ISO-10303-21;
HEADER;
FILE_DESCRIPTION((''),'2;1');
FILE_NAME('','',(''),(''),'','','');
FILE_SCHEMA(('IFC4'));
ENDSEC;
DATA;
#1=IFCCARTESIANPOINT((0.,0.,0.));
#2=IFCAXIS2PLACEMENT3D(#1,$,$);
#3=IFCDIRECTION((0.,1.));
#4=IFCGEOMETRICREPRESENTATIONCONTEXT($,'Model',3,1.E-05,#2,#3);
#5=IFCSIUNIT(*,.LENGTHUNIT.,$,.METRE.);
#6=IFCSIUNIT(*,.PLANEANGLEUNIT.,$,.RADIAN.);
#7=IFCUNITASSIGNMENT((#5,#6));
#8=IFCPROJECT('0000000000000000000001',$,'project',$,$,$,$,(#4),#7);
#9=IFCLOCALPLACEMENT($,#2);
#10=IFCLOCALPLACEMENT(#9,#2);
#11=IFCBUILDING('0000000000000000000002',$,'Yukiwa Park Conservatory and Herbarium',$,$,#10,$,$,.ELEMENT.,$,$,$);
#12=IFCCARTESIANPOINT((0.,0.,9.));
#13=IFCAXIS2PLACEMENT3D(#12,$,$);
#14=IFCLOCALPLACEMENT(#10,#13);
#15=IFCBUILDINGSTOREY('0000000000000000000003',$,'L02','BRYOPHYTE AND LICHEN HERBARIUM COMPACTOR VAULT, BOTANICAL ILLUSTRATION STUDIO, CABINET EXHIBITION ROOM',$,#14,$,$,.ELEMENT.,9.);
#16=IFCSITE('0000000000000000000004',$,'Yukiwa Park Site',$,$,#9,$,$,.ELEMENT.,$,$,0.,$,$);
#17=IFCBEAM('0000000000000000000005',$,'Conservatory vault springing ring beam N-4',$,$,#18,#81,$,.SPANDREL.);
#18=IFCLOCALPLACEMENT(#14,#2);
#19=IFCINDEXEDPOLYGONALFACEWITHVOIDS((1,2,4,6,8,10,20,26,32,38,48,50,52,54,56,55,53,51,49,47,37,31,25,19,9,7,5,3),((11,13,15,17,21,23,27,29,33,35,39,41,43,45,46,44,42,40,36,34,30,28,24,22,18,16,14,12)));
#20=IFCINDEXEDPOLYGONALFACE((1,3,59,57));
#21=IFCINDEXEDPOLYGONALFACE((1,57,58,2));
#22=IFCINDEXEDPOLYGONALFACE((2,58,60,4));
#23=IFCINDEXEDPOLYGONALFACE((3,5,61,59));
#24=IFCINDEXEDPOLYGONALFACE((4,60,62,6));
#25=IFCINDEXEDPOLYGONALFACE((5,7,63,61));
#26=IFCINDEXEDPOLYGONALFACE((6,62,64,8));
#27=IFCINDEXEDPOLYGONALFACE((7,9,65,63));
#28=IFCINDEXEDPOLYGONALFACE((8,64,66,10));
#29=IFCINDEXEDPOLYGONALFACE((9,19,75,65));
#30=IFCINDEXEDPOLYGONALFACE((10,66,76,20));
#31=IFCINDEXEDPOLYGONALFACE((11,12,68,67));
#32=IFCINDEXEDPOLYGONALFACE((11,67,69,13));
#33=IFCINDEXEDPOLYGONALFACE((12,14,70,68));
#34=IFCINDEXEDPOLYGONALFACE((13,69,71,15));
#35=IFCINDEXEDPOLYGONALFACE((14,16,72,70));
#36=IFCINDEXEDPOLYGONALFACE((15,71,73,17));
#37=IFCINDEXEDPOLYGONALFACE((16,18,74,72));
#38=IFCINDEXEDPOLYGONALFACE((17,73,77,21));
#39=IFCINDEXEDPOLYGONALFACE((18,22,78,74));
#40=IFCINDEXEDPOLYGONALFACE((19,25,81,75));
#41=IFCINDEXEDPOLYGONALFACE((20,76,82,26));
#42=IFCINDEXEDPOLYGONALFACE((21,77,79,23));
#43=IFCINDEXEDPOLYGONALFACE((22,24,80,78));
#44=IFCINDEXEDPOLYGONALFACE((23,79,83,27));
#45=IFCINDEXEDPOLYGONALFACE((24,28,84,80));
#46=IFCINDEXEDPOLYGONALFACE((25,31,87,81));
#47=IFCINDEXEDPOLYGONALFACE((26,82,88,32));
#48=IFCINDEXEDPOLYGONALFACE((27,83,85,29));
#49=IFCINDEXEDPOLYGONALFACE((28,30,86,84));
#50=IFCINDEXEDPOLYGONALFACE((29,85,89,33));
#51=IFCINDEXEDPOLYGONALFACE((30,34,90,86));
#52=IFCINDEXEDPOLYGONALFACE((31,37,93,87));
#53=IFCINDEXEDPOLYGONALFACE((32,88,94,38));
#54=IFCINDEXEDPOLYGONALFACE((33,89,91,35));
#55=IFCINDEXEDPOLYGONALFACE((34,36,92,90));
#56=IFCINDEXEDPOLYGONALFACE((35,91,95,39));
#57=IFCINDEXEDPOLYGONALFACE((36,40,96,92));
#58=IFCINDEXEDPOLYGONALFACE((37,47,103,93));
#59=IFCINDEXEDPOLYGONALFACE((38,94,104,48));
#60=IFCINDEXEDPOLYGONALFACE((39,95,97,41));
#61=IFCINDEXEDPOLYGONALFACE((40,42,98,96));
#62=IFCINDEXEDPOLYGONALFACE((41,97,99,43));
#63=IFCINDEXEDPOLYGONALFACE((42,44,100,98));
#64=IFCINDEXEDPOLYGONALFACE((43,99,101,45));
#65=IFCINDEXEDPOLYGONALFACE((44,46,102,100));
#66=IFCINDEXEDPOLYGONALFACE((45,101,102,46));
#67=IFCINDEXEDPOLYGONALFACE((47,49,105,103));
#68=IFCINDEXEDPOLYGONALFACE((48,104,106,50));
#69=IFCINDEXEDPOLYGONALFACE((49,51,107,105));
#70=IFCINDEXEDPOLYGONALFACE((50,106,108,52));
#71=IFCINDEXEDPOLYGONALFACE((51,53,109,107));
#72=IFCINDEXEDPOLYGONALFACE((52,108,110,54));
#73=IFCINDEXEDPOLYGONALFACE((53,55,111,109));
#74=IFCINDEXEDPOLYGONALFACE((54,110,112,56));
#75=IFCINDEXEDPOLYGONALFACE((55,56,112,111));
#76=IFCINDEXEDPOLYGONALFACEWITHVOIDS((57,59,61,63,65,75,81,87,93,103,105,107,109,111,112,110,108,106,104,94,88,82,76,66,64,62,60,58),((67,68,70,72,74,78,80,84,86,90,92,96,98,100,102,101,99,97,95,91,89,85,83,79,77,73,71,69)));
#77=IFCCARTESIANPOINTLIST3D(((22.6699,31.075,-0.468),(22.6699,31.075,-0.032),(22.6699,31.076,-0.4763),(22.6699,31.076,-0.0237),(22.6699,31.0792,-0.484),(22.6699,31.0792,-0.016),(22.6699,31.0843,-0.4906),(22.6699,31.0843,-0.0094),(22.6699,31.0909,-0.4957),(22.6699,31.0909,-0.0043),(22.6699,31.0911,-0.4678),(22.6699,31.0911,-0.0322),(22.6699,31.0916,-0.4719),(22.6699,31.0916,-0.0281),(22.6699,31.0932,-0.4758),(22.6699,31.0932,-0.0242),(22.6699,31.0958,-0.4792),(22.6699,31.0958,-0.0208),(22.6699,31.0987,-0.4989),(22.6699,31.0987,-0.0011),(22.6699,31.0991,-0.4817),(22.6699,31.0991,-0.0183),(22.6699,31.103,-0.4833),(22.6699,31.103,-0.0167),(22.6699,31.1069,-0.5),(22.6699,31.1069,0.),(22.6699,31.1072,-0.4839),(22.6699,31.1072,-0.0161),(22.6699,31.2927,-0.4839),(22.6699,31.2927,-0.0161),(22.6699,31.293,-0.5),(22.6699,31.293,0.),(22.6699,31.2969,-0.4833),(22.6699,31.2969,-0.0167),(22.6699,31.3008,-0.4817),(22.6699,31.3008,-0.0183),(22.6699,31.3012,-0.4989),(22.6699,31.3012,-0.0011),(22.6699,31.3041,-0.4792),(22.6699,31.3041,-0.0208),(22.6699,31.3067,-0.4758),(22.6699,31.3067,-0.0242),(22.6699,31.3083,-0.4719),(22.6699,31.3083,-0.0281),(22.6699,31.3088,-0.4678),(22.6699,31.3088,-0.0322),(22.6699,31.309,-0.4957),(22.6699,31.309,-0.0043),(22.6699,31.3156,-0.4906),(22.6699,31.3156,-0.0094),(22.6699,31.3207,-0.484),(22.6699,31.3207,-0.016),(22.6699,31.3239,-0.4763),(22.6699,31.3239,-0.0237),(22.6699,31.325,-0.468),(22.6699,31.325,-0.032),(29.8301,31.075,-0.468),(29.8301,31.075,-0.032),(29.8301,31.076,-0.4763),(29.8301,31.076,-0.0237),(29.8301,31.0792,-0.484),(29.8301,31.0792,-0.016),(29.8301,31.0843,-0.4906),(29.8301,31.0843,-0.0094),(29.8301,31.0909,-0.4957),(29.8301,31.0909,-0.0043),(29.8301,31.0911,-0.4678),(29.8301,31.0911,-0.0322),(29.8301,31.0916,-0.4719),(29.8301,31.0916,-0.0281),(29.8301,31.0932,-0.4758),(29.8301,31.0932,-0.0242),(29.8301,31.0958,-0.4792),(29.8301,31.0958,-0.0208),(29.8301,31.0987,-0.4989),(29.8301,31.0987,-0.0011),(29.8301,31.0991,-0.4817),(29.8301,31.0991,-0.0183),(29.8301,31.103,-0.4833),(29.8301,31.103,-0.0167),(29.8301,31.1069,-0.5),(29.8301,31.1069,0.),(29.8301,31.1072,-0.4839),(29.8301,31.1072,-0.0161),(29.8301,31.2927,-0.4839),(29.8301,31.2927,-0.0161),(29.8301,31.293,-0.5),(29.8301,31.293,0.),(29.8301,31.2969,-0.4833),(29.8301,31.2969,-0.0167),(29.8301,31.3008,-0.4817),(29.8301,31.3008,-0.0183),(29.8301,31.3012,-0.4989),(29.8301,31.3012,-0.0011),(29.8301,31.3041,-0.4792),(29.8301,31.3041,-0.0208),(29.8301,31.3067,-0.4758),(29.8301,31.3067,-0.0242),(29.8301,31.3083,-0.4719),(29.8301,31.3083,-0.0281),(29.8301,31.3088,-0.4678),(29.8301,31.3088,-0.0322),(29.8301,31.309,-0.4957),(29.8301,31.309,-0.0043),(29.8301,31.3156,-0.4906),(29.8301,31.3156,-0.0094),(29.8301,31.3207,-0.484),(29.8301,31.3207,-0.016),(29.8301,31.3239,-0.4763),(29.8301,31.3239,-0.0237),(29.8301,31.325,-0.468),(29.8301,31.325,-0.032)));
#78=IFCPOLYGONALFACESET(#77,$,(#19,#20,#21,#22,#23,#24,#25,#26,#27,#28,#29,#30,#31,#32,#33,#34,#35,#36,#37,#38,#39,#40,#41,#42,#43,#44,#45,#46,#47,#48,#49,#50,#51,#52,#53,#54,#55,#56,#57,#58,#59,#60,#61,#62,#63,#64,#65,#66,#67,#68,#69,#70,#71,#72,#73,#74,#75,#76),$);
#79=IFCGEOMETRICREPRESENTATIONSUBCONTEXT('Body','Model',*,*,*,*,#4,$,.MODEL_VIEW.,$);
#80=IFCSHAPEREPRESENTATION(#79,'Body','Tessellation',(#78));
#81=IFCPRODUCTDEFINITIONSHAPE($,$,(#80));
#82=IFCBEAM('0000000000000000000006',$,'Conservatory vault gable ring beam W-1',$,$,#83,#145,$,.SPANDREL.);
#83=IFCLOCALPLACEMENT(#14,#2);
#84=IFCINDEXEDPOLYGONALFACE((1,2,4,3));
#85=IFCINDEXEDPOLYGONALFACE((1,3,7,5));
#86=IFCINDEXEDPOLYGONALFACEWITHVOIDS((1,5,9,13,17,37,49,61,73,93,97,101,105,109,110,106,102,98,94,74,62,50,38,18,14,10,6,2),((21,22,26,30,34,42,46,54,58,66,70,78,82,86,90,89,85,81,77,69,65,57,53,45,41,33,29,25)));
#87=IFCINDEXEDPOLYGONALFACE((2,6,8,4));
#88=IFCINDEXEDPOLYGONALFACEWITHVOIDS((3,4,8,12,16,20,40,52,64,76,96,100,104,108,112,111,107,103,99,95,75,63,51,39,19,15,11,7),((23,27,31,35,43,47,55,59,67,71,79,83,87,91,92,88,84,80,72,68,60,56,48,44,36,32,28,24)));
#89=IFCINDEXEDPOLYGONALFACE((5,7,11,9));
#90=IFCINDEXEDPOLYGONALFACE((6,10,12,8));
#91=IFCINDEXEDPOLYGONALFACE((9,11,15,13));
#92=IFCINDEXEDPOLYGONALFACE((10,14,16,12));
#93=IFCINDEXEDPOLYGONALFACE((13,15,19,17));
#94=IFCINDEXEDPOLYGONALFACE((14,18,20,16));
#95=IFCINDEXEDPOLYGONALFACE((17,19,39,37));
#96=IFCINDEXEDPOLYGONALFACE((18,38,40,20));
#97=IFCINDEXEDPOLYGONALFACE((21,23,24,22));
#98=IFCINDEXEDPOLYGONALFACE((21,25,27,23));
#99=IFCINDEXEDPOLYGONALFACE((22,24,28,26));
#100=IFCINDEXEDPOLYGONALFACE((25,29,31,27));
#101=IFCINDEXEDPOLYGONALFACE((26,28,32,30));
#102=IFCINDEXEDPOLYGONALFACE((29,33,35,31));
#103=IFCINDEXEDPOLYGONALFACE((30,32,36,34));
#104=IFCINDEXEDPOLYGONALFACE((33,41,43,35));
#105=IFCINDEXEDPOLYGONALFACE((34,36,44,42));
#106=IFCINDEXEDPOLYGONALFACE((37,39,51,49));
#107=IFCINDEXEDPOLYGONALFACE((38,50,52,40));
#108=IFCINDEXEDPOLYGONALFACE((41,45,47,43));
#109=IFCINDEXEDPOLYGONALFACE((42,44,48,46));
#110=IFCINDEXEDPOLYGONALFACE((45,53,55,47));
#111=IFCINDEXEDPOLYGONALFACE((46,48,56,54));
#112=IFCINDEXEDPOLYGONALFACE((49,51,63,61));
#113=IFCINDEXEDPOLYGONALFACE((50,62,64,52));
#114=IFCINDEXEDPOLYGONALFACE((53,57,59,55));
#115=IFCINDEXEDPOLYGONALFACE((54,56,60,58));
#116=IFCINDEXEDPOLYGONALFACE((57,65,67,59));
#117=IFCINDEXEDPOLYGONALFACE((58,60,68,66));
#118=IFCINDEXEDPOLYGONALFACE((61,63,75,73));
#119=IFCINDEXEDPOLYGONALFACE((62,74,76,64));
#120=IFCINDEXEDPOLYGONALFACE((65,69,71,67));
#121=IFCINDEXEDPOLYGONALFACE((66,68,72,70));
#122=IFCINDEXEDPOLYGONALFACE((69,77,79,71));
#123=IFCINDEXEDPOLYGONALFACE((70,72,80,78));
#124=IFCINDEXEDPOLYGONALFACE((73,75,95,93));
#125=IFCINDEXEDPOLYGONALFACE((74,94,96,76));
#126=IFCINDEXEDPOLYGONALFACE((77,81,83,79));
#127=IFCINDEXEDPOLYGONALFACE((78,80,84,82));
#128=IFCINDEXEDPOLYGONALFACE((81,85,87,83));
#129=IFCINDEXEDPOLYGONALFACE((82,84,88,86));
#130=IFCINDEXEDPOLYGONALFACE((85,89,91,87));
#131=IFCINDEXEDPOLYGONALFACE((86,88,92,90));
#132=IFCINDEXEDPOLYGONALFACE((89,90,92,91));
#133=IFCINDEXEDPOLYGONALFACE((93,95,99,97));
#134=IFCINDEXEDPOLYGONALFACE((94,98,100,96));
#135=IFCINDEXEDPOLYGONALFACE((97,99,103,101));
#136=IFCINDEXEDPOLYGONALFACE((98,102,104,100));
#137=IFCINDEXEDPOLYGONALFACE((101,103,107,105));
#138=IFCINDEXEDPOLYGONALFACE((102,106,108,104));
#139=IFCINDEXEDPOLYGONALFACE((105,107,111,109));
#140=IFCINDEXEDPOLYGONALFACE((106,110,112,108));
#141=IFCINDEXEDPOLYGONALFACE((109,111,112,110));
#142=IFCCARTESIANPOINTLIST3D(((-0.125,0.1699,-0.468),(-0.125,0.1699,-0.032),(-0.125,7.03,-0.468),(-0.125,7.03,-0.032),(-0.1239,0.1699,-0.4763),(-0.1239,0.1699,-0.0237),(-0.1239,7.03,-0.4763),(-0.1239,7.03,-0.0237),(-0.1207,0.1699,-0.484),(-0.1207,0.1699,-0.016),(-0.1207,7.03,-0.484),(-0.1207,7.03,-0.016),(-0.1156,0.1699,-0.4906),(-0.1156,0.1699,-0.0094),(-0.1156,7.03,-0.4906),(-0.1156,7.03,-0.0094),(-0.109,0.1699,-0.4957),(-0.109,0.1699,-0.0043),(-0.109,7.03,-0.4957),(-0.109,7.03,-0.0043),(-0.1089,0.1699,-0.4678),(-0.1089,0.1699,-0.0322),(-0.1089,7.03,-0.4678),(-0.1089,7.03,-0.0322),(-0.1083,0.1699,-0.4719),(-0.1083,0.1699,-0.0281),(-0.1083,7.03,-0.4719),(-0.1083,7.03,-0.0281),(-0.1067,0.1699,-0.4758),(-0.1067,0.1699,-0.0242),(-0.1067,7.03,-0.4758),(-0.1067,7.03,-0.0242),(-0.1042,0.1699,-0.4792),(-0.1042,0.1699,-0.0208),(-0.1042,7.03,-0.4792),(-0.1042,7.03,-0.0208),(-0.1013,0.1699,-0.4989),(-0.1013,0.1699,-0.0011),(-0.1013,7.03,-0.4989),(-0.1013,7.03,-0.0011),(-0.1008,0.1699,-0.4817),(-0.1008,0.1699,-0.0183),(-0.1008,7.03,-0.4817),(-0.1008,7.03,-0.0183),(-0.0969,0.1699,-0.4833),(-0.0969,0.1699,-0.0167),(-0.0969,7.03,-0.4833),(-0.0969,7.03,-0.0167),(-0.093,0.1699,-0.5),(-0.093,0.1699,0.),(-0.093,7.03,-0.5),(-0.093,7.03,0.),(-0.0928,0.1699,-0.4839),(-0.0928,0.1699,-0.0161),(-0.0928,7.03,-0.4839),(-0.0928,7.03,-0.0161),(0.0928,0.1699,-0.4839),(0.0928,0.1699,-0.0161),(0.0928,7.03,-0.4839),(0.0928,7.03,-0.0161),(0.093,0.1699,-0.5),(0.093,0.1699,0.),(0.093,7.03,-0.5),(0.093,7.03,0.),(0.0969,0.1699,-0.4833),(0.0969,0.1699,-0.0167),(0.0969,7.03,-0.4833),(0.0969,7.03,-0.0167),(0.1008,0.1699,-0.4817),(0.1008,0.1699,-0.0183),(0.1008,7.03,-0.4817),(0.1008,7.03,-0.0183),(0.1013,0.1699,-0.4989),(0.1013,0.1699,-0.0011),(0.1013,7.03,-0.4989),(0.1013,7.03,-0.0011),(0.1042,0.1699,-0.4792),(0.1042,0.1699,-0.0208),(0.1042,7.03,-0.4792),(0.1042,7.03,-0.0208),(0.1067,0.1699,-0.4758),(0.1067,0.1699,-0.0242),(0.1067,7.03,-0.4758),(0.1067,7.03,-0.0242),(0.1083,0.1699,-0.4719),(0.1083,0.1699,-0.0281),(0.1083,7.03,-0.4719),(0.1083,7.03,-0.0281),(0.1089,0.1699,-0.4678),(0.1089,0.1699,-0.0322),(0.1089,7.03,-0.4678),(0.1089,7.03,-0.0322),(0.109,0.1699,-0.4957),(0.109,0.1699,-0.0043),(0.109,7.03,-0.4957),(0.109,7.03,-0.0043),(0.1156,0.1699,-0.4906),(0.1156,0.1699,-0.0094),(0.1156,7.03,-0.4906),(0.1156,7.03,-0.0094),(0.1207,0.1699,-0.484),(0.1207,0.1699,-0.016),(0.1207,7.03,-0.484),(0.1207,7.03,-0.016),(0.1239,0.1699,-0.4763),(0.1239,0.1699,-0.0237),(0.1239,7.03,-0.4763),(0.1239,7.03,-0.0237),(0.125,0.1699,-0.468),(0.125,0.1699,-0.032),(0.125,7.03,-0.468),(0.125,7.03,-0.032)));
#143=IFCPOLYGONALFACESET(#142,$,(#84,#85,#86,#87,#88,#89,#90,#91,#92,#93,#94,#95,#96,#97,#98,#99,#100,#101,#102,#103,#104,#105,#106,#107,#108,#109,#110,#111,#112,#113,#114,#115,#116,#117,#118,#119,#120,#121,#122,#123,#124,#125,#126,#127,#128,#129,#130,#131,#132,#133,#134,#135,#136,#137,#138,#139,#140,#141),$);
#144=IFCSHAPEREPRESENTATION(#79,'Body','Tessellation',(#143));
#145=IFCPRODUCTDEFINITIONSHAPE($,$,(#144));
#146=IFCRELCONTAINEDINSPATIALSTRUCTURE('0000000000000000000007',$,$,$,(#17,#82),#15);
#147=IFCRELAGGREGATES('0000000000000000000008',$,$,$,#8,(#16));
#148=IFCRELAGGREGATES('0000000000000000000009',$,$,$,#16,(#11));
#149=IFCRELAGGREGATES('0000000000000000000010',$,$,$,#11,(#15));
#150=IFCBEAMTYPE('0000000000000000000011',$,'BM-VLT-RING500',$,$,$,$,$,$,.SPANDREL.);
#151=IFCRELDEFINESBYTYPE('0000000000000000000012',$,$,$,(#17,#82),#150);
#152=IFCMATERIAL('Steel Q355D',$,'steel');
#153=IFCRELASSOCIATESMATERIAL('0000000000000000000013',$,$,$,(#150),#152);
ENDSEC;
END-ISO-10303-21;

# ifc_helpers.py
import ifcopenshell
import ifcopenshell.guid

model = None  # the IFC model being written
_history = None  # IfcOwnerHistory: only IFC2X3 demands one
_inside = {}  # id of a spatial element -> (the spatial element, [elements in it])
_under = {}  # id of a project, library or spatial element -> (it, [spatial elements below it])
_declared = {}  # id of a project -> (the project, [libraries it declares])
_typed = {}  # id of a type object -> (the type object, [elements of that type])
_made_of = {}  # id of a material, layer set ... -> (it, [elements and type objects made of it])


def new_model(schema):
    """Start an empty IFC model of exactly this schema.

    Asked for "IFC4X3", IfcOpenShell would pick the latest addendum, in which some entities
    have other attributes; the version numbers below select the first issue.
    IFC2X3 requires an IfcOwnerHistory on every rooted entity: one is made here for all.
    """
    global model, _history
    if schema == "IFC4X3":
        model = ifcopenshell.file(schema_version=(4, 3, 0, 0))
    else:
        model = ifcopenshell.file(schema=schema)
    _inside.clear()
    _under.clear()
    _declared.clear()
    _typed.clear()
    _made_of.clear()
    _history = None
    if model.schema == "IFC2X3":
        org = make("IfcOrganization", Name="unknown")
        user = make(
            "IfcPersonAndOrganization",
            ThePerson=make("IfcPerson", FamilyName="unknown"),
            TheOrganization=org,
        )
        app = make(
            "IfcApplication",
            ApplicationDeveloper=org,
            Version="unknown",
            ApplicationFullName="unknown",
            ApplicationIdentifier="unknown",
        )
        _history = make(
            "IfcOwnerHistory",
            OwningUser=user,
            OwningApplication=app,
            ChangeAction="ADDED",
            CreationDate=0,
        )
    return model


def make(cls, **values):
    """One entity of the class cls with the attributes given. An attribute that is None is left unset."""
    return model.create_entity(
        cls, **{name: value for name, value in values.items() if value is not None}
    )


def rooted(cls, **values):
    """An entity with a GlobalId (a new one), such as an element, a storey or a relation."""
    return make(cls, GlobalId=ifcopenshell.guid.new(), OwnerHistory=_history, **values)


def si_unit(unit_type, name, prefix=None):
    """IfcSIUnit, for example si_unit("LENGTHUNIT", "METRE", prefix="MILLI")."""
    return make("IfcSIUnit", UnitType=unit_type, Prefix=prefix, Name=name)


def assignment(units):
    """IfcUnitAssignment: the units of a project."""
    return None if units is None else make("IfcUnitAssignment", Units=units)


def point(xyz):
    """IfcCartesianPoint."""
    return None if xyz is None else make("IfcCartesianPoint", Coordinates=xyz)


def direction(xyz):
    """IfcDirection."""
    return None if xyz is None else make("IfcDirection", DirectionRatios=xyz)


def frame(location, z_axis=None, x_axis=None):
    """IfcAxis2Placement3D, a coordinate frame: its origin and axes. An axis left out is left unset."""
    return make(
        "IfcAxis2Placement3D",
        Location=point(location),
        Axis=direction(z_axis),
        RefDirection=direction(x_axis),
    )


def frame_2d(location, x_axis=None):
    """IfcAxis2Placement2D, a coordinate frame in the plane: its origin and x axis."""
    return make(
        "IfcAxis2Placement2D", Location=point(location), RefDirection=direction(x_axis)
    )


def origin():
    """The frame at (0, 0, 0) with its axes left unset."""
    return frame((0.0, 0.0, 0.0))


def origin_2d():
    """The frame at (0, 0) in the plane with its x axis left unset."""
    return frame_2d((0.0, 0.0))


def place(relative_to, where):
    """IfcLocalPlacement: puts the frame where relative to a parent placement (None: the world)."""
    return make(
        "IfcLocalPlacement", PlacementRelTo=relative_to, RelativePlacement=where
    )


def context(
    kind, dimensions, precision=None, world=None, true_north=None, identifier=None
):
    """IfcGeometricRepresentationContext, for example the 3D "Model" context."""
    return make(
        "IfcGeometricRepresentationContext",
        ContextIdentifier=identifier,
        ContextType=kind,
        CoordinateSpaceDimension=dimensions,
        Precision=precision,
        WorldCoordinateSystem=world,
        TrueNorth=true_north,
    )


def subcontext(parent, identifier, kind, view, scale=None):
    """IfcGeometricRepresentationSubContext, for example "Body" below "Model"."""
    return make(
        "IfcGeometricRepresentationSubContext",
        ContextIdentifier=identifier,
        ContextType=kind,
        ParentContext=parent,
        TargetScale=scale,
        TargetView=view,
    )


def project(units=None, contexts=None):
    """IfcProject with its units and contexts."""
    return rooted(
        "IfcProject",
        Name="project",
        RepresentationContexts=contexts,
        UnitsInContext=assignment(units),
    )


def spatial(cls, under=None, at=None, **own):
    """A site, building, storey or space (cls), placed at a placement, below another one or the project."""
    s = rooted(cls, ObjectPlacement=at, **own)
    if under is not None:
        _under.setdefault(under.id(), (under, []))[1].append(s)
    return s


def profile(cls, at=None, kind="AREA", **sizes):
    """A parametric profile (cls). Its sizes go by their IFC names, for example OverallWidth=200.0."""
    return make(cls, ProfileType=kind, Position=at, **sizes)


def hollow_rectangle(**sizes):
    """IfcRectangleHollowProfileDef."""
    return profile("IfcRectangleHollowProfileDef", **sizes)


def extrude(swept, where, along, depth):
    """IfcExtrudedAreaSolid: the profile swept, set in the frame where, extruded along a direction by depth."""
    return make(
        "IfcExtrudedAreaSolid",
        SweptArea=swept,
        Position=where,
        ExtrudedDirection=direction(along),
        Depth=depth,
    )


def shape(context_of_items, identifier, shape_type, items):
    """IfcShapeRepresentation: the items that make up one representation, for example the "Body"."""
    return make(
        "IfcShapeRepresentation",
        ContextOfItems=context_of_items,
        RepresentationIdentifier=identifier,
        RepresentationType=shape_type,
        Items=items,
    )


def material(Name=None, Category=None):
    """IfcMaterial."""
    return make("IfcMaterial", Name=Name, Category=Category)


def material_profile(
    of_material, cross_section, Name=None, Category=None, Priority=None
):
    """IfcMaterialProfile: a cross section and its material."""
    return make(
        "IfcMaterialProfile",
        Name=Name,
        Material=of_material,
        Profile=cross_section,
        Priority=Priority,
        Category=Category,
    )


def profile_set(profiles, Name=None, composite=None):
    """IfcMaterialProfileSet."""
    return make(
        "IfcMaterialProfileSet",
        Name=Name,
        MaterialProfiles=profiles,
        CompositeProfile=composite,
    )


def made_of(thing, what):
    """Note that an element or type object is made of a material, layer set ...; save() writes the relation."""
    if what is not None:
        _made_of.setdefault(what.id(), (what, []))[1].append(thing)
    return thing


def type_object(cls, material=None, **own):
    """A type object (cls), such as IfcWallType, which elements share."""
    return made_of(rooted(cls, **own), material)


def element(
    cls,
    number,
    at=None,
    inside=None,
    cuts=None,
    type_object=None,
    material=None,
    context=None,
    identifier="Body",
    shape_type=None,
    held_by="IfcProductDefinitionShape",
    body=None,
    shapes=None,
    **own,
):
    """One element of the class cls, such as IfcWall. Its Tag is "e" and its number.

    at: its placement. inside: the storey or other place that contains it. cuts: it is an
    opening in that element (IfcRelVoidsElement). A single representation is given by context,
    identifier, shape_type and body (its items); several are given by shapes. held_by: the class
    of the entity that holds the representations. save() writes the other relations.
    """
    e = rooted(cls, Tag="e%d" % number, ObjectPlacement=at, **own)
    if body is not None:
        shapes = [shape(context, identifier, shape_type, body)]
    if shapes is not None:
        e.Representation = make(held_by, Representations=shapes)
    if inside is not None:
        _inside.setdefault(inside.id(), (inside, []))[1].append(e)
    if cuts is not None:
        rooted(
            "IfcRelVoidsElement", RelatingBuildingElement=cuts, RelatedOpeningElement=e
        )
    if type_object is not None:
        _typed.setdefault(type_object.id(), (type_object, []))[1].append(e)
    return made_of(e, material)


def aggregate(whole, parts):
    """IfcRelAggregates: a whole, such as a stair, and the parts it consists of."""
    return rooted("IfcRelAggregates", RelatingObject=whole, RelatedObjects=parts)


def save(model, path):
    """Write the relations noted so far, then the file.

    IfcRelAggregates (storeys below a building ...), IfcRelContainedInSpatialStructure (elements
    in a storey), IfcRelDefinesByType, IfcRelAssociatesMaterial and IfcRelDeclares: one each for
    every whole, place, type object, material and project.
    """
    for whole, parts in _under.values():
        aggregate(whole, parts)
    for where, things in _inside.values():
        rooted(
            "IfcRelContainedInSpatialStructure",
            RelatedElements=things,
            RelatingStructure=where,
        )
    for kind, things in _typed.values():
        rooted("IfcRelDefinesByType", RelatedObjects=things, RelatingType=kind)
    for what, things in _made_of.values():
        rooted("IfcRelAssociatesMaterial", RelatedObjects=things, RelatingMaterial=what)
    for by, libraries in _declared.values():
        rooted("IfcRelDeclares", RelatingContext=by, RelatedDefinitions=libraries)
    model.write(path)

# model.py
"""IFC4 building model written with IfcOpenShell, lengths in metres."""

from ifc_helpers import new_model, si_unit, direction, frame, origin, origin_2d, place, context, subcontext, project, spatial, hollow_rectangle, extrude, material, material_profile, profile_set, type_object, element, save


model = new_model("IFC4")

# Units and contexts
model_context = context("Model", 3, precision=1e-05, world=origin(), true_north=direction((0.0, 1.0)))
body_context = subcontext(model_context, "Body", "Model", "MODEL_VIEW")
ifc_project = project(units=[si_unit("LENGTHUNIT", "METRE"), si_unit("PLANEANGLEUNIT", "RADIAN")], contexts=[model_context])

# Site, building, storey
site_placement = place(None, origin())
site = spatial("IfcSite", under=ifc_project, at=site_placement, Name="Yukiwa Park Site", CompositionType="ELEMENT", RefElevation=0.0)
building_placement = place(site_placement, origin())
building = spatial("IfcBuilding", under=site, at=building_placement, Name="Yukiwa Park Conservatory and Herbarium", CompositionType="ELEMENT")
storey_placement = place(building_placement, frame((0.0, 0.0, 9.0)))
storey = spatial("IfcBuildingStorey", under=building, at=storey_placement, Name="L02", Description="BRYOPHYTE AND LICHEN HERBARIUM COMPACTOR VAULT, BOTANICAL ILLUSTRATION STUDIO, CABINET EXHIBITION ROOM", CompositionType="ELEMENT", Elevation=9.0)

# Beams
ifc_material_1 = material(Name="Steel Q355D", Category="steel")
ifc_material_profile = material_profile(ifc_material_1, hollow_rectangle(XDim=0.25, YDim=0.5, WallThickness=0.0161, InnerFilletRadius=0.0161, OuterFilletRadius=0.032, at=origin_2d()), Name="RHS 500x250x16")
ifc_profile_set = profile_set([ifc_material_profile], Name="Steel Q355D")
beam_type = type_object("IfcBeamType", Name="BM-VLT-RING500", PredefinedType="SPANDREL", material=ifc_profile_set)
for number, where, z_axis, x_axis, name in (
    (1, (22.6699, 31.2, -0.25), (1.0, 0.0, 0.0), (0.0, 1.0, 0.0), "Conservatory vault springing ring beam N-4"),
):
    element("IfcBeam", number, at=place(storey_placement, frame(where, z_axis=z_axis, x_axis=x_axis)), inside=storey, type_object=beam_type, Name=name, PredefinedType="SPANDREL", context=body_context, shape_type="SweptSolid", body=[
        extrude(hollow_rectangle(XDim=0.25, YDim=0.5, WallThickness=0.0161, InnerFilletRadius=0.0161, OuterFilletRadius=0.032, at=origin_2d()), origin(), (0.0, 0.0, 1.0), 7.1602),
    ])
beam_1_placement = place(storey_placement, frame((0.0, 0.1699, -0.25), z_axis=(0.0, 1.0, 0.0), x_axis=(-1.0, 0.0, 0.0)))
element("IfcBeam", 2, at=beam_1_placement, inside=storey, type_object=beam_type, Name="Conservatory vault gable ring beam W-1", PredefinedType="SPANDREL", context=body_context, shape_type="SweptSolid", body=[
    extrude(hollow_rectangle(XDim=0.25, YDim=0.5, WallThickness=0.0161, InnerFilletRadius=0.0161, OuterFilletRadius=0.032, at=origin_2d()), origin(), (0.0, 0.0, 1.0), 6.8601),
])

save(model, "model.ifc")
